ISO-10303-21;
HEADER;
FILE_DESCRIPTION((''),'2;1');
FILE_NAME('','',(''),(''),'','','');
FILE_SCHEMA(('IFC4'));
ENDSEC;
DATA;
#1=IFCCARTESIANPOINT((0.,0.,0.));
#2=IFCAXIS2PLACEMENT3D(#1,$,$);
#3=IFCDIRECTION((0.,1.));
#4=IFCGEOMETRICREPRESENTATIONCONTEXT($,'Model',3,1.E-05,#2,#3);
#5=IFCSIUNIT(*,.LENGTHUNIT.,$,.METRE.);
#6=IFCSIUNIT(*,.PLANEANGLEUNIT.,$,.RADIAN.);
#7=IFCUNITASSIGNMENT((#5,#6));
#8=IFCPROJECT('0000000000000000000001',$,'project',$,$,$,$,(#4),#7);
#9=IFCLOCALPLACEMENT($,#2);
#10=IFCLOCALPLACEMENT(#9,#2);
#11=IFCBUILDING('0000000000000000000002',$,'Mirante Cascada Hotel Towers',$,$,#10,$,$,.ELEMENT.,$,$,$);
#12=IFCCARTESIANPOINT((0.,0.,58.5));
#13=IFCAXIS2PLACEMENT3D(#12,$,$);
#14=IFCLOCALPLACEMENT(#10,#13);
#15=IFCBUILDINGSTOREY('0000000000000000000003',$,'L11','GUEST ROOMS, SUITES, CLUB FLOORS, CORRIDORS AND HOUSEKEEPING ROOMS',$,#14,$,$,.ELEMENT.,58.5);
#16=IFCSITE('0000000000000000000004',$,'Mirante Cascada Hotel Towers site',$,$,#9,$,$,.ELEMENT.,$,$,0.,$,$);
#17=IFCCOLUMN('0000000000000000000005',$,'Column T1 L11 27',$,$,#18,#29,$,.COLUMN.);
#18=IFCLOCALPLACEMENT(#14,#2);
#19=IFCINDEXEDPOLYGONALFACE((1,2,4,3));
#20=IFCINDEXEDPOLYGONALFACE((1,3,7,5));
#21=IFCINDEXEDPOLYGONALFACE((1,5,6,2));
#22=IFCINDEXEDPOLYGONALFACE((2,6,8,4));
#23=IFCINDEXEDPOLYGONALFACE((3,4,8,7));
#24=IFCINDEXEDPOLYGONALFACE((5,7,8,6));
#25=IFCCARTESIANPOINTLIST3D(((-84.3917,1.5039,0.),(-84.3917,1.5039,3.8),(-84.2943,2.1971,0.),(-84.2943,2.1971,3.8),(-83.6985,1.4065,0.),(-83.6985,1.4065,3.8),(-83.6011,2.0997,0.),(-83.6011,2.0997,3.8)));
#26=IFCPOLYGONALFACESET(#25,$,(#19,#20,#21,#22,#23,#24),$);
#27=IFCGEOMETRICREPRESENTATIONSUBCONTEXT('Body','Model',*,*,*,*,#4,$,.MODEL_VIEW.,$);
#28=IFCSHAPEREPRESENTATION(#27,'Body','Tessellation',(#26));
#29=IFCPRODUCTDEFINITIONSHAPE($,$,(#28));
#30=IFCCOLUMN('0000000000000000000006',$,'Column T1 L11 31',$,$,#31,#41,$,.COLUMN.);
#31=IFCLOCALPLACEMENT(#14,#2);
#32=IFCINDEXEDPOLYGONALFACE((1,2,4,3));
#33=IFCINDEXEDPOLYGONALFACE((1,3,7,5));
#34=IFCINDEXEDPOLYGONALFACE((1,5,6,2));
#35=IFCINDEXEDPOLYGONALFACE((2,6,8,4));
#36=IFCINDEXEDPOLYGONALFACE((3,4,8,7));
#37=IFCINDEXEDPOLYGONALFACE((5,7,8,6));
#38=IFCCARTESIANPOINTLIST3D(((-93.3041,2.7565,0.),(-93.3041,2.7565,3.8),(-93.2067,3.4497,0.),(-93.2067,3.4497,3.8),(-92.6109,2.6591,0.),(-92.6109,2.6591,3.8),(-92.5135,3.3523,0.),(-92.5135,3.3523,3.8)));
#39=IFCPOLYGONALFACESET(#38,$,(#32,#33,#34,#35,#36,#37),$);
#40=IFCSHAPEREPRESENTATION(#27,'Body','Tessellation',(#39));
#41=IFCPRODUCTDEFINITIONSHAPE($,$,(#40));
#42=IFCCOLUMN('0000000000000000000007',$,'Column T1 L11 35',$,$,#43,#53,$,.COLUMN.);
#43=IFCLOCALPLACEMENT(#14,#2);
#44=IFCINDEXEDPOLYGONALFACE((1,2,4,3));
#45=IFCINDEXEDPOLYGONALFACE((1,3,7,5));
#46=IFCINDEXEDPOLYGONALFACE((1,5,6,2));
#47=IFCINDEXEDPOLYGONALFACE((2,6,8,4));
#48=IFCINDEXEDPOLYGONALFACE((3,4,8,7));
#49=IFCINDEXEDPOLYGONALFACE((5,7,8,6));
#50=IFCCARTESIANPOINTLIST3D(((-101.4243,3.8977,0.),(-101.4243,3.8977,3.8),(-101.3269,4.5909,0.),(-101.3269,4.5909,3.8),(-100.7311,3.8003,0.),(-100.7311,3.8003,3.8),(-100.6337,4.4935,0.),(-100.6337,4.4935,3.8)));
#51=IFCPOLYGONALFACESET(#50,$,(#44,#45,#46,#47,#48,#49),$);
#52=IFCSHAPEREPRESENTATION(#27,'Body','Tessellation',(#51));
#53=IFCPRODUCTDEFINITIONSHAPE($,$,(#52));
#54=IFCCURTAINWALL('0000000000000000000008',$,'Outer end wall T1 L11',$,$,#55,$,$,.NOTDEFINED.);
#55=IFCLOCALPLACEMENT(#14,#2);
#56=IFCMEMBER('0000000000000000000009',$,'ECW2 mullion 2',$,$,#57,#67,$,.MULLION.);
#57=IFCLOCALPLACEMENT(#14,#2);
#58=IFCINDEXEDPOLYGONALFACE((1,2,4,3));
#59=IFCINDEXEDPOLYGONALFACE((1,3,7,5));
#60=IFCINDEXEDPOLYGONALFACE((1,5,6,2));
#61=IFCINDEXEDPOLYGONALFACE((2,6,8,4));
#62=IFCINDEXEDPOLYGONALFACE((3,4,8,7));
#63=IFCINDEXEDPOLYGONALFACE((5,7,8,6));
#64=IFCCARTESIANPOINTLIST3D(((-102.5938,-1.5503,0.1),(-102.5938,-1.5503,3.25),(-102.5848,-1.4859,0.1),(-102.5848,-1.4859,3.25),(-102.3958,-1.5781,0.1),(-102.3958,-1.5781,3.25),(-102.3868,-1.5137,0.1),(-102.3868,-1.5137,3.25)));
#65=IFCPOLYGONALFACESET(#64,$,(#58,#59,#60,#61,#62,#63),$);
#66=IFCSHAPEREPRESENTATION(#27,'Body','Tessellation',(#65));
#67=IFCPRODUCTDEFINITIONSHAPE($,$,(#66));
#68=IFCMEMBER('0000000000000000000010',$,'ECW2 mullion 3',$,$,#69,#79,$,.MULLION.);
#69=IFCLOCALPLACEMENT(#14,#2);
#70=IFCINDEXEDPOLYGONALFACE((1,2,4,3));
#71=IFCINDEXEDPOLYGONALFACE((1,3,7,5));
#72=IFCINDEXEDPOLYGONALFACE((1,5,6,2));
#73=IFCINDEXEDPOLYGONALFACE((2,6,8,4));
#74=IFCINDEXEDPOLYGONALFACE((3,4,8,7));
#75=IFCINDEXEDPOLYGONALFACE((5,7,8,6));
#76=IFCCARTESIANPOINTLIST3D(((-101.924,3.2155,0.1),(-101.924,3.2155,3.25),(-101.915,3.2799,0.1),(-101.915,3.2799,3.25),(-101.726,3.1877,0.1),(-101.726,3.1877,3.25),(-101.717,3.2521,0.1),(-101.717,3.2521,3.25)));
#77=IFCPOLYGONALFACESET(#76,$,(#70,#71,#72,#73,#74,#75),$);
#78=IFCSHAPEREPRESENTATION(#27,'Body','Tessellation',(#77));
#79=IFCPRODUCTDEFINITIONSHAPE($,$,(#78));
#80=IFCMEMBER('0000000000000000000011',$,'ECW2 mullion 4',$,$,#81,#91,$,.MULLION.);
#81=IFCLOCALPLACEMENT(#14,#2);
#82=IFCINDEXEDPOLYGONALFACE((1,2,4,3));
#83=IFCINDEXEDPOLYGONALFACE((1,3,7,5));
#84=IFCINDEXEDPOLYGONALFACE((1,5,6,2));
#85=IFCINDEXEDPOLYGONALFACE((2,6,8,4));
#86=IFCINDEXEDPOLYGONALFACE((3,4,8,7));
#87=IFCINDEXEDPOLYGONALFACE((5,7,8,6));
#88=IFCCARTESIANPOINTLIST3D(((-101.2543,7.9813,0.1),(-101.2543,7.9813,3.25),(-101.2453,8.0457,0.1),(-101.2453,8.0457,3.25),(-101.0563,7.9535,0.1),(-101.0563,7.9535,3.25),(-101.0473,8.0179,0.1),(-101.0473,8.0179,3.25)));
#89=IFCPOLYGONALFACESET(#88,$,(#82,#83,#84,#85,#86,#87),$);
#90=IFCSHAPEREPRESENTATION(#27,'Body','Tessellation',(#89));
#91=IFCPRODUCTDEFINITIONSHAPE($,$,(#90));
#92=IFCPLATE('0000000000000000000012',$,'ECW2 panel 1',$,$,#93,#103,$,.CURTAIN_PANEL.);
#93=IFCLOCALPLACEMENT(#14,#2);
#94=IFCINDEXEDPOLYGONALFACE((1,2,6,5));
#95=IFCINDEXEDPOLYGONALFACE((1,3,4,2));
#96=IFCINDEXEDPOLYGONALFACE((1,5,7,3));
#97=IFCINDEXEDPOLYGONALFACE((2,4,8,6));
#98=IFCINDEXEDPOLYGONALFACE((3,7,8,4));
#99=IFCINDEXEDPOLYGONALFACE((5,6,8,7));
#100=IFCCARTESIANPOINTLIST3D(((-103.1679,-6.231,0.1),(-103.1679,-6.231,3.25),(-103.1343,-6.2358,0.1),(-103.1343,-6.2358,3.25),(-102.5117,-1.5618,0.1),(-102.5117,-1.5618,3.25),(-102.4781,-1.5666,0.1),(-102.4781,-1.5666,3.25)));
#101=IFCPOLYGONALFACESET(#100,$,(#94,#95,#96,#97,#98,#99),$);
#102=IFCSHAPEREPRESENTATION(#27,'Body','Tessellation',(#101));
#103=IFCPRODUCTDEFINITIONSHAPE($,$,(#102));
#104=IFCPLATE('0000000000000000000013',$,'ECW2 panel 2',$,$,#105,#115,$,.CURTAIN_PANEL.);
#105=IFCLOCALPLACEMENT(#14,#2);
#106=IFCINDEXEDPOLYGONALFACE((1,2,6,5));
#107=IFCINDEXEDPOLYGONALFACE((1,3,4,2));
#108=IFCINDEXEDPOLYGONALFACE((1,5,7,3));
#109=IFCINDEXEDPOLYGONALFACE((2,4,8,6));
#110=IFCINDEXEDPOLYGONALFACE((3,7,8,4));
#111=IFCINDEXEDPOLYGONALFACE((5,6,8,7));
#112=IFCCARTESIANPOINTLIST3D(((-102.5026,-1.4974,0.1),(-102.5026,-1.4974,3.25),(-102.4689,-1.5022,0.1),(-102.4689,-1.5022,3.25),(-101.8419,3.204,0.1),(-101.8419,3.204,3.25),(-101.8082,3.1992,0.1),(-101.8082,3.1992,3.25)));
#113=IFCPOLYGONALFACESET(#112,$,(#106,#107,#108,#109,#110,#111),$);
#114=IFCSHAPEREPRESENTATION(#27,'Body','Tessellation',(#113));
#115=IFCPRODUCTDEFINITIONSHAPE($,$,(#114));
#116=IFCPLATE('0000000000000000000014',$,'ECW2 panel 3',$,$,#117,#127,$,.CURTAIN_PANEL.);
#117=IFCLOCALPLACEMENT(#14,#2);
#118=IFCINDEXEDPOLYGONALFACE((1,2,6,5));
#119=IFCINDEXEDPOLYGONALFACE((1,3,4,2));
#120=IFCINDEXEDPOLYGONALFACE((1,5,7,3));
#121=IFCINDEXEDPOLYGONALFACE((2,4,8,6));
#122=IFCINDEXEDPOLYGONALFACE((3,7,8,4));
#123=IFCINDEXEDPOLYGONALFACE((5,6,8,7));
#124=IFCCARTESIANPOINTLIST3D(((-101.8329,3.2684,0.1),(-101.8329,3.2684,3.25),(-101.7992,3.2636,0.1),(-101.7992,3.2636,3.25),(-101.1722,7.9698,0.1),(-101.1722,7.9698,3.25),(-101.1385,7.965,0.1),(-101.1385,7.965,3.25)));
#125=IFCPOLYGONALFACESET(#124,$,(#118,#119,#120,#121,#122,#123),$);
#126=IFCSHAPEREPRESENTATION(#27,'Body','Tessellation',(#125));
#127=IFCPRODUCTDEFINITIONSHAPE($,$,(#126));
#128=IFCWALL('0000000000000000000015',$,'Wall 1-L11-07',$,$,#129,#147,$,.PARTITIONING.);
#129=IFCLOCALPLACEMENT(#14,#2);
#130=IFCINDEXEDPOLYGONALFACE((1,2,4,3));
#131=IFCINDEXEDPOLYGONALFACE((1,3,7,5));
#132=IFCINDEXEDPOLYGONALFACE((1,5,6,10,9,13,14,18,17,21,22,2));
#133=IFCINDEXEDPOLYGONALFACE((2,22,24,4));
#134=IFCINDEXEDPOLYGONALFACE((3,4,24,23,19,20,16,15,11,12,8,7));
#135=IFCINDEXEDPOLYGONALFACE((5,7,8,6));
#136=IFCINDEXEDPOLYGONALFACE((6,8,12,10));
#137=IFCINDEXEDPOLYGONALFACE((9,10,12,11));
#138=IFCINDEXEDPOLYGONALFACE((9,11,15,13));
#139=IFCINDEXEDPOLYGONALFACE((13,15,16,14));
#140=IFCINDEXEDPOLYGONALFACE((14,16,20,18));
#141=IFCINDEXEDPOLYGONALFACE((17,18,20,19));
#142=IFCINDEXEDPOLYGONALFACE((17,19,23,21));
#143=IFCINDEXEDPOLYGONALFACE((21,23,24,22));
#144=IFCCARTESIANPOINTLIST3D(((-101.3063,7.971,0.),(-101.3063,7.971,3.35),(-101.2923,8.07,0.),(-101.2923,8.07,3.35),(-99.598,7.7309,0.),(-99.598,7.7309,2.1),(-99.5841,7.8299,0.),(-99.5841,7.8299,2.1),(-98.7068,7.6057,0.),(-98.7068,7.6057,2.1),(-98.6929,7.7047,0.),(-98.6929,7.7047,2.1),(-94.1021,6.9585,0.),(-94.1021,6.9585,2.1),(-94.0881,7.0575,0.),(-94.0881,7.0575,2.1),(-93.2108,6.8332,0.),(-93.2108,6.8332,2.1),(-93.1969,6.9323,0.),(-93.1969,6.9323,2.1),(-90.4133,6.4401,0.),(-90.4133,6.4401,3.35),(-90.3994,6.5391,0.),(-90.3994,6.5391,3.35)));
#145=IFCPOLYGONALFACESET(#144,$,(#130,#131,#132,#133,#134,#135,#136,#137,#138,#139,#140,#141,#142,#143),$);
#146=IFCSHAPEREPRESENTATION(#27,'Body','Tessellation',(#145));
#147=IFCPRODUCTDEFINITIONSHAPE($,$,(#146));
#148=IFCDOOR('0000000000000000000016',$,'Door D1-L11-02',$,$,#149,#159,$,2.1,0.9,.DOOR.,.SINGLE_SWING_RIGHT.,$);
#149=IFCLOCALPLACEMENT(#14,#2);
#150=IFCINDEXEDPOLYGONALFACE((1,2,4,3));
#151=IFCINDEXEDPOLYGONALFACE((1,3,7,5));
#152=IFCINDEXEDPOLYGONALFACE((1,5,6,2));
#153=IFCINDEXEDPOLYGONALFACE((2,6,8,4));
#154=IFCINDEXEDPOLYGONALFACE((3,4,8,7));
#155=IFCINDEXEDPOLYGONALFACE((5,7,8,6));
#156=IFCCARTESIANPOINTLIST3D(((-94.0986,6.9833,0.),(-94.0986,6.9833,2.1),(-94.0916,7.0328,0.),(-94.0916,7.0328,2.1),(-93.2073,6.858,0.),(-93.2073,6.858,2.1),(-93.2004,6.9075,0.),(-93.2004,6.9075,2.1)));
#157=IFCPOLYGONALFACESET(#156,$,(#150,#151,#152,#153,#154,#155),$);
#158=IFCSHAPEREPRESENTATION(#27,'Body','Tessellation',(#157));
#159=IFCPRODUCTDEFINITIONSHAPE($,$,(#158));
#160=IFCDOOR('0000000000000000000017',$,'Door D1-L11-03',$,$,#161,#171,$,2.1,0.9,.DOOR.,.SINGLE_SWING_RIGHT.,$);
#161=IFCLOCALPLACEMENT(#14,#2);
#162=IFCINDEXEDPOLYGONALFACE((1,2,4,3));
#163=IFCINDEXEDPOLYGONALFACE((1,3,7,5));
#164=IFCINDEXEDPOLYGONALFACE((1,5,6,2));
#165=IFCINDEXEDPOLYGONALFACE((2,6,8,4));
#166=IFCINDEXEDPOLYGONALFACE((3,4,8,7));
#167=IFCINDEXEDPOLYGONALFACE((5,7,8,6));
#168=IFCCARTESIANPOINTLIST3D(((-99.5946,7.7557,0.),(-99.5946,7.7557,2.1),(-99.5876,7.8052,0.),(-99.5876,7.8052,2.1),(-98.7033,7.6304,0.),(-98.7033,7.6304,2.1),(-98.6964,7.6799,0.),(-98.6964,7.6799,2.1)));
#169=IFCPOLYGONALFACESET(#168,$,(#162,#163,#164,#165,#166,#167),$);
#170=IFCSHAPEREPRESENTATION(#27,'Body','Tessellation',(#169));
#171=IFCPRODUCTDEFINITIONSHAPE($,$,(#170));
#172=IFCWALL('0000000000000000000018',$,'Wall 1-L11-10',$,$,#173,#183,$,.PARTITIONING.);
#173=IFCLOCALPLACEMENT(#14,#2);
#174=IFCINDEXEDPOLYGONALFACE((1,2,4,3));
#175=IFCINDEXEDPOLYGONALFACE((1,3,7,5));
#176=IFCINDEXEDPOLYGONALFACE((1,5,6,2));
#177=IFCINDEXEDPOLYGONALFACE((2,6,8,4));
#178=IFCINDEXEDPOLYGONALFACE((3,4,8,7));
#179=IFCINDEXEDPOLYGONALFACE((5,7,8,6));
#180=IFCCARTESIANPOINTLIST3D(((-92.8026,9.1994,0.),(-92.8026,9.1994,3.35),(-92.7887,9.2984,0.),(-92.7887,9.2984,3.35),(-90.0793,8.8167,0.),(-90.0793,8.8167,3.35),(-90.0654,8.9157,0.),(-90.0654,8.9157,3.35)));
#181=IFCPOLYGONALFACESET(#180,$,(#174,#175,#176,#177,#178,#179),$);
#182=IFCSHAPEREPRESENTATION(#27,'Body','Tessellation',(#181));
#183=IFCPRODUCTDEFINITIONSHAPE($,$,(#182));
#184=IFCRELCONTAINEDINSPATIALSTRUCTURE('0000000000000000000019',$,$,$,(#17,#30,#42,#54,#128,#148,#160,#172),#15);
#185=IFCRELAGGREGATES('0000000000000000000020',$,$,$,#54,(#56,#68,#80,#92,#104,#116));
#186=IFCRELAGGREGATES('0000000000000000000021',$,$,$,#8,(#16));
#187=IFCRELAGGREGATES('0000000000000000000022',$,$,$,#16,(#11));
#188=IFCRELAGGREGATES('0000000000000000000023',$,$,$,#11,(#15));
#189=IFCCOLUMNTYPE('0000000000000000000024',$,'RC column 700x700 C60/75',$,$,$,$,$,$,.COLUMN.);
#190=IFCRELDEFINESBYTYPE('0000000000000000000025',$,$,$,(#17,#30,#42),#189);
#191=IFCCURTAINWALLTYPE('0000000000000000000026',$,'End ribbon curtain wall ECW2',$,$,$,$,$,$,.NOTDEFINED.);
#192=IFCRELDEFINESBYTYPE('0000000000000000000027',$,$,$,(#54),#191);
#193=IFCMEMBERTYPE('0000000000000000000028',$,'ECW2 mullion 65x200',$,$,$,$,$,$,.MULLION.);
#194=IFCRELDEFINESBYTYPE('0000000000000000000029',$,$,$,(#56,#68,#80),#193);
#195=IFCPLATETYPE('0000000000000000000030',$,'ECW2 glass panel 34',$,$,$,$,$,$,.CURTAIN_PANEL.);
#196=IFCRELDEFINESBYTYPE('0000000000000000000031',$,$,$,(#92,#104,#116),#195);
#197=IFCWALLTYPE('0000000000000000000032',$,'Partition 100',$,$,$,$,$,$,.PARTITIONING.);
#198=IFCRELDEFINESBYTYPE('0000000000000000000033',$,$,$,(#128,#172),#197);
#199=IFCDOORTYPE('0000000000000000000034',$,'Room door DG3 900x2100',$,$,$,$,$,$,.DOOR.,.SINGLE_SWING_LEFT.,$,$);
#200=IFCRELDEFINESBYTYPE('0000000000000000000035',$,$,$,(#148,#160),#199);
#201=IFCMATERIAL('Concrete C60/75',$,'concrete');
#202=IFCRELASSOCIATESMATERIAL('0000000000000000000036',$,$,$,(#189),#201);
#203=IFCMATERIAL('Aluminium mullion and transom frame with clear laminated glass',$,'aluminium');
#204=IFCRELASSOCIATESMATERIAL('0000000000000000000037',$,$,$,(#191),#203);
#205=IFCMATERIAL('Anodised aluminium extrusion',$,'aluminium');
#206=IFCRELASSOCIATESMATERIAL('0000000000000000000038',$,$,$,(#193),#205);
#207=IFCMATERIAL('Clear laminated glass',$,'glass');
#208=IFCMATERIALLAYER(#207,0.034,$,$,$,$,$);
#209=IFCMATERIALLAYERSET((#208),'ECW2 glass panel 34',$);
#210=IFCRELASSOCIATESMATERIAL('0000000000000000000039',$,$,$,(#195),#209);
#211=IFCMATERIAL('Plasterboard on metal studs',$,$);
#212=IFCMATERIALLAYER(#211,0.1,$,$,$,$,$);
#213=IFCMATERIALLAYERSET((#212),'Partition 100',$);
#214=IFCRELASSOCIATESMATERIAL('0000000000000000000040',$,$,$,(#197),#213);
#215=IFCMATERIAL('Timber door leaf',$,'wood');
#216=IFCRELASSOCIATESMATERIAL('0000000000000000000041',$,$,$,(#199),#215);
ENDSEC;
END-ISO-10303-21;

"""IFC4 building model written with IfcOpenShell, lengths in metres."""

from ifc_helpers import new_model, si_unit, direction, frame, frame_2d, origin, origin_2d, place, context, subcontext, project, spatial, rectangle, extrude, material, layer, layer_set, material_profile, profile_set, type_object, element, fill, aggregate, save


model = new_model("IFC4")

# Units and contexts
model_context = context("Model", 3, precision=1e-05, world=origin(), true_north=direction((0.0, 1.0)))
body_context = subcontext(model_context, "Body", "Model", "MODEL_VIEW")
ifc_project = project(units=[si_unit("LENGTHUNIT", "METRE"), si_unit("PLANEANGLEUNIT", "RADIAN")], contexts=[model_context])

# Site, building, storey
site_placement = place(None, origin())
site = spatial("IfcSite", under=ifc_project, at=site_placement, Name="Mirante Cascada Hotel Towers site", CompositionType="ELEMENT", RefElevation=0.0)
building_placement = place(site_placement, origin())
building = spatial("IfcBuilding", under=site, at=building_placement, Name="Mirante Cascada Hotel Towers", CompositionType="ELEMENT")
storey_placement = place(building_placement, frame((0.0, 0.0, 58.5)))
storey = spatial("IfcBuildingStorey", under=building, at=storey_placement, Name="L11", Description="GUEST ROOMS, SUITES, CLUB FLOORS, CORRIDORS AND HOUSEKEEPING ROOMS", CompositionType="ELEMENT", Elevation=58.5)

# Columns
ifc_material_1 = material(Name="Concrete C60/75", Category="concrete")
ifc_material_profile_1 = material_profile(ifc_material_1, rectangle(XDim=0.7, YDim=0.7, at=origin_2d()), Name="RC column 700x700 C60/75")
ifc_profile_set_1 = profile_set([ifc_material_profile_1], Name="Concrete C60/75")
column_type = type_object("IfcColumnType", Name="RC column 700x700 C60/75", PredefinedType="COLUMN", material=ifc_profile_set_1)
for number, where, z_axis, x_axis, name in (
    (1, (-83.9964, 1.8018, 0.0), (0.0, 0.0, 1.0), (-0.990268, 0.139173, 0.0), "Column T1 L11 27"),
    (2, (-92.9088, 3.0544, 0.0), (0.0, 0.0, 1.0), (-0.990268, 0.139173, 0.0), "Column T1 L11 31"),
    (3, (-101.029, 4.1956, 0.0), (0.0, 0.0, 1.0), (-0.990268, 0.139173, 0.0), "Column T1 L11 35"),
):
    element("IfcColumn", number, at=place(storey_placement, frame(where, z_axis=z_axis, x_axis=x_axis)), inside=storey, type_object=column_type, Name=name, PredefinedType="COLUMN", context=body_context, shape_type="SweptSolid", body=[
        extrude(rectangle(XDim=0.7, YDim=0.7, at=origin_2d()), origin(), (0.0, 0.0, 1.0), 3.8),
    ])

# Curtain wall, members, plates
ifc_material_2 = material(Name="Aluminium mullion and transom frame with clear laminated glass", Category="aluminium")
curtain_wall_type = type_object("IfcCurtainWallType", Name="End ribbon curtain wall ECW2", PredefinedType="NOTDEFINED", material=ifc_material_2)
curtain_wall_placement = place(storey_placement, origin())
curtain_wall = element("IfcCurtainWall", 4, at=curtain_wall_placement, inside=storey, type_object=curtain_wall_type, Name="Outer end wall T1 L11", PredefinedType="NOTDEFINED")
ifc_material_3 = material(Name="Anodised aluminium extrusion", Category="aluminium")
ifc_material_profile_2 = material_profile(ifc_material_3, rectangle(XDim=0.2, YDim=0.065, at=origin_2d()), Name="ECW2 MULLION 65x200")
ifc_profile_set_2 = profile_set([ifc_material_profile_2], Name="Anodised aluminium extrusion")
member_type = type_object("IfcMemberType", Name="ECW2 mullion 65x200", PredefinedType="MULLION", material=ifc_profile_set_2)
member_1_placement = place(storey_placement, frame((-102.4903, -1.532, 0.1), z_axis=(0.0, 0.0, 1.0), x_axis=(-0.990268, 0.139173, 0.0)))
member_1 = element("IfcMember", 5, at=member_1_placement, type_object=member_type, Name="ECW2 mullion 2", PredefinedType="MULLION", context=body_context, shape_type="SweptSolid", body=[
    extrude(rectangle(XDim=0.2, YDim=0.065, at=origin_2d()), origin(), (0.0, 0.0, 1.0), 3.15),
])
member_2_placement = place(storey_placement, frame((-101.8205, 3.2338, 0.1), z_axis=(0.0, 0.0, 1.0), x_axis=(-0.990268, 0.139173, 0.0)))
member_2 = element("IfcMember", 6, at=member_2_placement, type_object=member_type, Name="ECW2 mullion 3", PredefinedType="MULLION", context=body_context, shape_type="SweptSolid", body=[
    extrude(rectangle(XDim=0.2, YDim=0.065, at=origin_2d()), origin(), (0.0, 0.0, 1.0), 3.15),
])
member_3_placement = place(storey_placement, frame((-101.1508, 7.9996, 0.1), z_axis=(0.0, 0.0, 1.0), x_axis=(-0.990268, 0.139173, 0.0)))
member_3 = element("IfcMember", 7, at=member_3_placement, type_object=member_type, Name="ECW2 mullion 4", PredefinedType="MULLION", context=body_context, shape_type="SweptSolid", body=[
    extrude(rectangle(XDim=0.2, YDim=0.065, at=origin_2d()), origin(), (0.0, 0.0, 1.0), 3.15),
])
ifc_material_4 = material(Name="Clear laminated glass", Category="glass")
ifc_layer_1 = layer(ifc_material_4, 0.034)
ifc_layer_set_1 = layer_set([ifc_layer_1], Name="ECW2 glass panel 34")
plate_type = type_object("IfcPlateType", Name="ECW2 glass panel 34", PredefinedType="CURTAIN_PANEL", material=ifc_layer_set_1)
plate_1_placement = place(storey_placement, frame((-102.823, -3.8988, 0.1), z_axis=(0.0, 0.0, 1.0), x_axis=(0.139173, 0.990268, 0.0)))
plate_1 = element("IfcPlate", 8, at=plate_1_placement, type_object=plate_type, Name="ECW2 panel 1", PredefinedType="CURTAIN_PANEL", context=body_context, shape_type="SweptSolid", body=[
    extrude(rectangle(XDim=4.7151, YDim=0.034, at=origin_2d()), origin(), (0.0, 0.0, 1.0), 3.15),
])
plate_2_placement = place(storey_placement, frame((-102.1554, 0.8509, 0.1), z_axis=(0.0, 0.0, 1.0), x_axis=(0.139173, 0.990268, 0.0)))
plate_2 = element("IfcPlate", 9, at=plate_2_placement, type_object=plate_type, Name="ECW2 panel 2", PredefinedType="CURTAIN_PANEL", context=body_context, shape_type="SweptSolid", body=[
    extrude(rectangle(XDim=4.7476, YDim=0.034, at=origin_2d()), origin(), (0.0, 0.0, 1.0), 3.15),
])
plate_3_placement = place(storey_placement, frame((-101.4857, 5.6167, 0.1), z_axis=(0.0, 0.0, 1.0), x_axis=(0.139173, 0.990268, 0.0)))
plate_3 = element("IfcPlate", 10, at=plate_3_placement, type_object=plate_type, Name="ECW2 panel 3", PredefinedType="CURTAIN_PANEL", context=body_context, shape_type="SweptSolid", body=[
    extrude(rectangle(XDim=4.7476, YDim=0.034, at=origin_2d()), origin(), (0.0, 0.0, 1.0), 3.15),
])
aggregate(curtain_wall, [member_1, member_2, member_3, plate_1, plate_2, plate_3])

# Wall, openings, doors
ifc_material_5 = material(Name="Plasterboard on metal studs")
ifc_layer_2 = layer(ifc_material_5, 0.1)
ifc_layer_set_2 = layer_set([ifc_layer_2], Name="Partition 100")
wall_type_1 = type_object("IfcWallType", Name="Partition 100", PredefinedType="PARTITIONING", material=ifc_layer_set_2)
wall_1_placement = place(storey_placement, frame((-101.2993, 8.0205, 0.0), z_axis=(0.0, 0.0, 1.0), x_axis=(0.990268, -0.139173, 0.0)))
wall_1 = element("IfcWall", 11, at=wall_1_placement, inside=storey, type_object=wall_type_1, Name="Wall 1-L11-07", PredefinedType="PARTITIONING", context=body_context, shape_type="SweptSolid", body=[
    extrude(rectangle(XDim=11.0, YDim=0.1, at=frame_2d((5.5, 0.0))), origin(), (0.0, 0.0, 1.0), 3.35),
])
opening_1_placement = place(wall_1_placement, frame((7.275, 0.0, 0.0)))
opening_1 = element("IfcOpeningElement", 12, at=opening_1_placement, cuts=wall_1, PredefinedType="OPENING", context=body_context, shape_type="SweptSolid", body=[
    extrude(rectangle(XDim=0.9, YDim=2.1, at=frame_2d((0.45, 1.05))), frame((0.0, 0.05, 0.0), z_axis=(0.0, -1.0, 0.0), x_axis=(1.0, 0.0, 0.0)), (0.0, 0.0, 1.0), 0.1),
])
opening_2_placement = place(wall_1_placement, frame((1.725, 0.0, 0.0)))
opening_2 = element("IfcOpeningElement", 13, at=opening_2_placement, cuts=wall_1, PredefinedType="OPENING", context=body_context, shape_type="SweptSolid", body=[
    extrude(rectangle(XDim=0.9, YDim=2.1, at=frame_2d((0.45, 1.05))), frame((0.0, 0.05, 0.0), z_axis=(0.0, -1.0, 0.0), x_axis=(1.0, 0.0, 0.0)), (0.0, 0.0, 1.0), 0.1),
])
ifc_material_6 = material(Name="Timber door leaf", Category="wood")
door_type_1 = type_object("IfcDoorType", Name="Room door DG3 900x2100", OperationType="SINGLE_SWING_LEFT", PredefinedType="DOOR", material=ifc_material_6)
door_1_placement = place(opening_1_placement, frame((0.9, 0.0, 0.0), z_axis=(0.0, 0.0, 1.0), x_axis=(-1.0, 0.0, 0.0)))
door_1 = element("IfcDoor", 14, at=door_1_placement, inside=storey, type_object=door_type_1, Name="Door D1-L11-02", OperationType="SINGLE_SWING_RIGHT", OverallHeight=2.1, OverallWidth=0.9, PredefinedType="DOOR", context=body_context, shape_type="SweptSolid", body=[
    extrude(rectangle(XDim=0.9, YDim=2.1, at=frame_2d((0.45, 1.05))), frame((0.0, 0.025, 0.0), z_axis=(0.0, -1.0, 0.0), x_axis=(1.0, 0.0, 0.0)), (0.0, 0.0, 1.0), 0.05),
])
fill(opening_1, door_1)
door_2_placement = place(opening_2_placement, frame((0.9, 0.0, 0.0), z_axis=(0.0, 0.0, 1.0), x_axis=(-1.0, 0.0, 0.0)))
door_2 = element("IfcDoor", 15, at=door_2_placement, inside=storey, type_object=door_type_1, Name="Door D1-L11-03", OperationType="SINGLE_SWING_RIGHT", OverallHeight=2.1, OverallWidth=0.9, PredefinedType="DOOR", context=body_context, shape_type="SweptSolid", body=[
    extrude(rectangle(XDim=0.9, YDim=2.1, at=frame_2d((0.45, 1.05))), frame((0.0, 0.025, 0.0), z_axis=(0.0, -1.0, 0.0), x_axis=(1.0, 0.0, 0.0)), (0.0, 0.0, 1.0), 0.05),
])
fill(opening_2, door_2)

# Wall
wall_2_placement = place(storey_placement, frame((-90.0723, 8.8662, 0.0), z_axis=(0.0, 0.0, 1.0), x_axis=(-0.99027, 0.139161, 0.0)))
element("IfcWall", 16, at=wall_2_placement, inside=storey, type_object=wall_type_1, Name="Wall 1-L11-10", PredefinedType="PARTITIONING", context=body_context, shape_type="SweptSolid", body=[
    extrude(rectangle(XDim=2.7501, YDim=0.1, at=frame_2d((1.3751, 0.0))), origin(), (0.0, 0.0, 1.0), 3.35),
])

save(model, "model.ifc")
